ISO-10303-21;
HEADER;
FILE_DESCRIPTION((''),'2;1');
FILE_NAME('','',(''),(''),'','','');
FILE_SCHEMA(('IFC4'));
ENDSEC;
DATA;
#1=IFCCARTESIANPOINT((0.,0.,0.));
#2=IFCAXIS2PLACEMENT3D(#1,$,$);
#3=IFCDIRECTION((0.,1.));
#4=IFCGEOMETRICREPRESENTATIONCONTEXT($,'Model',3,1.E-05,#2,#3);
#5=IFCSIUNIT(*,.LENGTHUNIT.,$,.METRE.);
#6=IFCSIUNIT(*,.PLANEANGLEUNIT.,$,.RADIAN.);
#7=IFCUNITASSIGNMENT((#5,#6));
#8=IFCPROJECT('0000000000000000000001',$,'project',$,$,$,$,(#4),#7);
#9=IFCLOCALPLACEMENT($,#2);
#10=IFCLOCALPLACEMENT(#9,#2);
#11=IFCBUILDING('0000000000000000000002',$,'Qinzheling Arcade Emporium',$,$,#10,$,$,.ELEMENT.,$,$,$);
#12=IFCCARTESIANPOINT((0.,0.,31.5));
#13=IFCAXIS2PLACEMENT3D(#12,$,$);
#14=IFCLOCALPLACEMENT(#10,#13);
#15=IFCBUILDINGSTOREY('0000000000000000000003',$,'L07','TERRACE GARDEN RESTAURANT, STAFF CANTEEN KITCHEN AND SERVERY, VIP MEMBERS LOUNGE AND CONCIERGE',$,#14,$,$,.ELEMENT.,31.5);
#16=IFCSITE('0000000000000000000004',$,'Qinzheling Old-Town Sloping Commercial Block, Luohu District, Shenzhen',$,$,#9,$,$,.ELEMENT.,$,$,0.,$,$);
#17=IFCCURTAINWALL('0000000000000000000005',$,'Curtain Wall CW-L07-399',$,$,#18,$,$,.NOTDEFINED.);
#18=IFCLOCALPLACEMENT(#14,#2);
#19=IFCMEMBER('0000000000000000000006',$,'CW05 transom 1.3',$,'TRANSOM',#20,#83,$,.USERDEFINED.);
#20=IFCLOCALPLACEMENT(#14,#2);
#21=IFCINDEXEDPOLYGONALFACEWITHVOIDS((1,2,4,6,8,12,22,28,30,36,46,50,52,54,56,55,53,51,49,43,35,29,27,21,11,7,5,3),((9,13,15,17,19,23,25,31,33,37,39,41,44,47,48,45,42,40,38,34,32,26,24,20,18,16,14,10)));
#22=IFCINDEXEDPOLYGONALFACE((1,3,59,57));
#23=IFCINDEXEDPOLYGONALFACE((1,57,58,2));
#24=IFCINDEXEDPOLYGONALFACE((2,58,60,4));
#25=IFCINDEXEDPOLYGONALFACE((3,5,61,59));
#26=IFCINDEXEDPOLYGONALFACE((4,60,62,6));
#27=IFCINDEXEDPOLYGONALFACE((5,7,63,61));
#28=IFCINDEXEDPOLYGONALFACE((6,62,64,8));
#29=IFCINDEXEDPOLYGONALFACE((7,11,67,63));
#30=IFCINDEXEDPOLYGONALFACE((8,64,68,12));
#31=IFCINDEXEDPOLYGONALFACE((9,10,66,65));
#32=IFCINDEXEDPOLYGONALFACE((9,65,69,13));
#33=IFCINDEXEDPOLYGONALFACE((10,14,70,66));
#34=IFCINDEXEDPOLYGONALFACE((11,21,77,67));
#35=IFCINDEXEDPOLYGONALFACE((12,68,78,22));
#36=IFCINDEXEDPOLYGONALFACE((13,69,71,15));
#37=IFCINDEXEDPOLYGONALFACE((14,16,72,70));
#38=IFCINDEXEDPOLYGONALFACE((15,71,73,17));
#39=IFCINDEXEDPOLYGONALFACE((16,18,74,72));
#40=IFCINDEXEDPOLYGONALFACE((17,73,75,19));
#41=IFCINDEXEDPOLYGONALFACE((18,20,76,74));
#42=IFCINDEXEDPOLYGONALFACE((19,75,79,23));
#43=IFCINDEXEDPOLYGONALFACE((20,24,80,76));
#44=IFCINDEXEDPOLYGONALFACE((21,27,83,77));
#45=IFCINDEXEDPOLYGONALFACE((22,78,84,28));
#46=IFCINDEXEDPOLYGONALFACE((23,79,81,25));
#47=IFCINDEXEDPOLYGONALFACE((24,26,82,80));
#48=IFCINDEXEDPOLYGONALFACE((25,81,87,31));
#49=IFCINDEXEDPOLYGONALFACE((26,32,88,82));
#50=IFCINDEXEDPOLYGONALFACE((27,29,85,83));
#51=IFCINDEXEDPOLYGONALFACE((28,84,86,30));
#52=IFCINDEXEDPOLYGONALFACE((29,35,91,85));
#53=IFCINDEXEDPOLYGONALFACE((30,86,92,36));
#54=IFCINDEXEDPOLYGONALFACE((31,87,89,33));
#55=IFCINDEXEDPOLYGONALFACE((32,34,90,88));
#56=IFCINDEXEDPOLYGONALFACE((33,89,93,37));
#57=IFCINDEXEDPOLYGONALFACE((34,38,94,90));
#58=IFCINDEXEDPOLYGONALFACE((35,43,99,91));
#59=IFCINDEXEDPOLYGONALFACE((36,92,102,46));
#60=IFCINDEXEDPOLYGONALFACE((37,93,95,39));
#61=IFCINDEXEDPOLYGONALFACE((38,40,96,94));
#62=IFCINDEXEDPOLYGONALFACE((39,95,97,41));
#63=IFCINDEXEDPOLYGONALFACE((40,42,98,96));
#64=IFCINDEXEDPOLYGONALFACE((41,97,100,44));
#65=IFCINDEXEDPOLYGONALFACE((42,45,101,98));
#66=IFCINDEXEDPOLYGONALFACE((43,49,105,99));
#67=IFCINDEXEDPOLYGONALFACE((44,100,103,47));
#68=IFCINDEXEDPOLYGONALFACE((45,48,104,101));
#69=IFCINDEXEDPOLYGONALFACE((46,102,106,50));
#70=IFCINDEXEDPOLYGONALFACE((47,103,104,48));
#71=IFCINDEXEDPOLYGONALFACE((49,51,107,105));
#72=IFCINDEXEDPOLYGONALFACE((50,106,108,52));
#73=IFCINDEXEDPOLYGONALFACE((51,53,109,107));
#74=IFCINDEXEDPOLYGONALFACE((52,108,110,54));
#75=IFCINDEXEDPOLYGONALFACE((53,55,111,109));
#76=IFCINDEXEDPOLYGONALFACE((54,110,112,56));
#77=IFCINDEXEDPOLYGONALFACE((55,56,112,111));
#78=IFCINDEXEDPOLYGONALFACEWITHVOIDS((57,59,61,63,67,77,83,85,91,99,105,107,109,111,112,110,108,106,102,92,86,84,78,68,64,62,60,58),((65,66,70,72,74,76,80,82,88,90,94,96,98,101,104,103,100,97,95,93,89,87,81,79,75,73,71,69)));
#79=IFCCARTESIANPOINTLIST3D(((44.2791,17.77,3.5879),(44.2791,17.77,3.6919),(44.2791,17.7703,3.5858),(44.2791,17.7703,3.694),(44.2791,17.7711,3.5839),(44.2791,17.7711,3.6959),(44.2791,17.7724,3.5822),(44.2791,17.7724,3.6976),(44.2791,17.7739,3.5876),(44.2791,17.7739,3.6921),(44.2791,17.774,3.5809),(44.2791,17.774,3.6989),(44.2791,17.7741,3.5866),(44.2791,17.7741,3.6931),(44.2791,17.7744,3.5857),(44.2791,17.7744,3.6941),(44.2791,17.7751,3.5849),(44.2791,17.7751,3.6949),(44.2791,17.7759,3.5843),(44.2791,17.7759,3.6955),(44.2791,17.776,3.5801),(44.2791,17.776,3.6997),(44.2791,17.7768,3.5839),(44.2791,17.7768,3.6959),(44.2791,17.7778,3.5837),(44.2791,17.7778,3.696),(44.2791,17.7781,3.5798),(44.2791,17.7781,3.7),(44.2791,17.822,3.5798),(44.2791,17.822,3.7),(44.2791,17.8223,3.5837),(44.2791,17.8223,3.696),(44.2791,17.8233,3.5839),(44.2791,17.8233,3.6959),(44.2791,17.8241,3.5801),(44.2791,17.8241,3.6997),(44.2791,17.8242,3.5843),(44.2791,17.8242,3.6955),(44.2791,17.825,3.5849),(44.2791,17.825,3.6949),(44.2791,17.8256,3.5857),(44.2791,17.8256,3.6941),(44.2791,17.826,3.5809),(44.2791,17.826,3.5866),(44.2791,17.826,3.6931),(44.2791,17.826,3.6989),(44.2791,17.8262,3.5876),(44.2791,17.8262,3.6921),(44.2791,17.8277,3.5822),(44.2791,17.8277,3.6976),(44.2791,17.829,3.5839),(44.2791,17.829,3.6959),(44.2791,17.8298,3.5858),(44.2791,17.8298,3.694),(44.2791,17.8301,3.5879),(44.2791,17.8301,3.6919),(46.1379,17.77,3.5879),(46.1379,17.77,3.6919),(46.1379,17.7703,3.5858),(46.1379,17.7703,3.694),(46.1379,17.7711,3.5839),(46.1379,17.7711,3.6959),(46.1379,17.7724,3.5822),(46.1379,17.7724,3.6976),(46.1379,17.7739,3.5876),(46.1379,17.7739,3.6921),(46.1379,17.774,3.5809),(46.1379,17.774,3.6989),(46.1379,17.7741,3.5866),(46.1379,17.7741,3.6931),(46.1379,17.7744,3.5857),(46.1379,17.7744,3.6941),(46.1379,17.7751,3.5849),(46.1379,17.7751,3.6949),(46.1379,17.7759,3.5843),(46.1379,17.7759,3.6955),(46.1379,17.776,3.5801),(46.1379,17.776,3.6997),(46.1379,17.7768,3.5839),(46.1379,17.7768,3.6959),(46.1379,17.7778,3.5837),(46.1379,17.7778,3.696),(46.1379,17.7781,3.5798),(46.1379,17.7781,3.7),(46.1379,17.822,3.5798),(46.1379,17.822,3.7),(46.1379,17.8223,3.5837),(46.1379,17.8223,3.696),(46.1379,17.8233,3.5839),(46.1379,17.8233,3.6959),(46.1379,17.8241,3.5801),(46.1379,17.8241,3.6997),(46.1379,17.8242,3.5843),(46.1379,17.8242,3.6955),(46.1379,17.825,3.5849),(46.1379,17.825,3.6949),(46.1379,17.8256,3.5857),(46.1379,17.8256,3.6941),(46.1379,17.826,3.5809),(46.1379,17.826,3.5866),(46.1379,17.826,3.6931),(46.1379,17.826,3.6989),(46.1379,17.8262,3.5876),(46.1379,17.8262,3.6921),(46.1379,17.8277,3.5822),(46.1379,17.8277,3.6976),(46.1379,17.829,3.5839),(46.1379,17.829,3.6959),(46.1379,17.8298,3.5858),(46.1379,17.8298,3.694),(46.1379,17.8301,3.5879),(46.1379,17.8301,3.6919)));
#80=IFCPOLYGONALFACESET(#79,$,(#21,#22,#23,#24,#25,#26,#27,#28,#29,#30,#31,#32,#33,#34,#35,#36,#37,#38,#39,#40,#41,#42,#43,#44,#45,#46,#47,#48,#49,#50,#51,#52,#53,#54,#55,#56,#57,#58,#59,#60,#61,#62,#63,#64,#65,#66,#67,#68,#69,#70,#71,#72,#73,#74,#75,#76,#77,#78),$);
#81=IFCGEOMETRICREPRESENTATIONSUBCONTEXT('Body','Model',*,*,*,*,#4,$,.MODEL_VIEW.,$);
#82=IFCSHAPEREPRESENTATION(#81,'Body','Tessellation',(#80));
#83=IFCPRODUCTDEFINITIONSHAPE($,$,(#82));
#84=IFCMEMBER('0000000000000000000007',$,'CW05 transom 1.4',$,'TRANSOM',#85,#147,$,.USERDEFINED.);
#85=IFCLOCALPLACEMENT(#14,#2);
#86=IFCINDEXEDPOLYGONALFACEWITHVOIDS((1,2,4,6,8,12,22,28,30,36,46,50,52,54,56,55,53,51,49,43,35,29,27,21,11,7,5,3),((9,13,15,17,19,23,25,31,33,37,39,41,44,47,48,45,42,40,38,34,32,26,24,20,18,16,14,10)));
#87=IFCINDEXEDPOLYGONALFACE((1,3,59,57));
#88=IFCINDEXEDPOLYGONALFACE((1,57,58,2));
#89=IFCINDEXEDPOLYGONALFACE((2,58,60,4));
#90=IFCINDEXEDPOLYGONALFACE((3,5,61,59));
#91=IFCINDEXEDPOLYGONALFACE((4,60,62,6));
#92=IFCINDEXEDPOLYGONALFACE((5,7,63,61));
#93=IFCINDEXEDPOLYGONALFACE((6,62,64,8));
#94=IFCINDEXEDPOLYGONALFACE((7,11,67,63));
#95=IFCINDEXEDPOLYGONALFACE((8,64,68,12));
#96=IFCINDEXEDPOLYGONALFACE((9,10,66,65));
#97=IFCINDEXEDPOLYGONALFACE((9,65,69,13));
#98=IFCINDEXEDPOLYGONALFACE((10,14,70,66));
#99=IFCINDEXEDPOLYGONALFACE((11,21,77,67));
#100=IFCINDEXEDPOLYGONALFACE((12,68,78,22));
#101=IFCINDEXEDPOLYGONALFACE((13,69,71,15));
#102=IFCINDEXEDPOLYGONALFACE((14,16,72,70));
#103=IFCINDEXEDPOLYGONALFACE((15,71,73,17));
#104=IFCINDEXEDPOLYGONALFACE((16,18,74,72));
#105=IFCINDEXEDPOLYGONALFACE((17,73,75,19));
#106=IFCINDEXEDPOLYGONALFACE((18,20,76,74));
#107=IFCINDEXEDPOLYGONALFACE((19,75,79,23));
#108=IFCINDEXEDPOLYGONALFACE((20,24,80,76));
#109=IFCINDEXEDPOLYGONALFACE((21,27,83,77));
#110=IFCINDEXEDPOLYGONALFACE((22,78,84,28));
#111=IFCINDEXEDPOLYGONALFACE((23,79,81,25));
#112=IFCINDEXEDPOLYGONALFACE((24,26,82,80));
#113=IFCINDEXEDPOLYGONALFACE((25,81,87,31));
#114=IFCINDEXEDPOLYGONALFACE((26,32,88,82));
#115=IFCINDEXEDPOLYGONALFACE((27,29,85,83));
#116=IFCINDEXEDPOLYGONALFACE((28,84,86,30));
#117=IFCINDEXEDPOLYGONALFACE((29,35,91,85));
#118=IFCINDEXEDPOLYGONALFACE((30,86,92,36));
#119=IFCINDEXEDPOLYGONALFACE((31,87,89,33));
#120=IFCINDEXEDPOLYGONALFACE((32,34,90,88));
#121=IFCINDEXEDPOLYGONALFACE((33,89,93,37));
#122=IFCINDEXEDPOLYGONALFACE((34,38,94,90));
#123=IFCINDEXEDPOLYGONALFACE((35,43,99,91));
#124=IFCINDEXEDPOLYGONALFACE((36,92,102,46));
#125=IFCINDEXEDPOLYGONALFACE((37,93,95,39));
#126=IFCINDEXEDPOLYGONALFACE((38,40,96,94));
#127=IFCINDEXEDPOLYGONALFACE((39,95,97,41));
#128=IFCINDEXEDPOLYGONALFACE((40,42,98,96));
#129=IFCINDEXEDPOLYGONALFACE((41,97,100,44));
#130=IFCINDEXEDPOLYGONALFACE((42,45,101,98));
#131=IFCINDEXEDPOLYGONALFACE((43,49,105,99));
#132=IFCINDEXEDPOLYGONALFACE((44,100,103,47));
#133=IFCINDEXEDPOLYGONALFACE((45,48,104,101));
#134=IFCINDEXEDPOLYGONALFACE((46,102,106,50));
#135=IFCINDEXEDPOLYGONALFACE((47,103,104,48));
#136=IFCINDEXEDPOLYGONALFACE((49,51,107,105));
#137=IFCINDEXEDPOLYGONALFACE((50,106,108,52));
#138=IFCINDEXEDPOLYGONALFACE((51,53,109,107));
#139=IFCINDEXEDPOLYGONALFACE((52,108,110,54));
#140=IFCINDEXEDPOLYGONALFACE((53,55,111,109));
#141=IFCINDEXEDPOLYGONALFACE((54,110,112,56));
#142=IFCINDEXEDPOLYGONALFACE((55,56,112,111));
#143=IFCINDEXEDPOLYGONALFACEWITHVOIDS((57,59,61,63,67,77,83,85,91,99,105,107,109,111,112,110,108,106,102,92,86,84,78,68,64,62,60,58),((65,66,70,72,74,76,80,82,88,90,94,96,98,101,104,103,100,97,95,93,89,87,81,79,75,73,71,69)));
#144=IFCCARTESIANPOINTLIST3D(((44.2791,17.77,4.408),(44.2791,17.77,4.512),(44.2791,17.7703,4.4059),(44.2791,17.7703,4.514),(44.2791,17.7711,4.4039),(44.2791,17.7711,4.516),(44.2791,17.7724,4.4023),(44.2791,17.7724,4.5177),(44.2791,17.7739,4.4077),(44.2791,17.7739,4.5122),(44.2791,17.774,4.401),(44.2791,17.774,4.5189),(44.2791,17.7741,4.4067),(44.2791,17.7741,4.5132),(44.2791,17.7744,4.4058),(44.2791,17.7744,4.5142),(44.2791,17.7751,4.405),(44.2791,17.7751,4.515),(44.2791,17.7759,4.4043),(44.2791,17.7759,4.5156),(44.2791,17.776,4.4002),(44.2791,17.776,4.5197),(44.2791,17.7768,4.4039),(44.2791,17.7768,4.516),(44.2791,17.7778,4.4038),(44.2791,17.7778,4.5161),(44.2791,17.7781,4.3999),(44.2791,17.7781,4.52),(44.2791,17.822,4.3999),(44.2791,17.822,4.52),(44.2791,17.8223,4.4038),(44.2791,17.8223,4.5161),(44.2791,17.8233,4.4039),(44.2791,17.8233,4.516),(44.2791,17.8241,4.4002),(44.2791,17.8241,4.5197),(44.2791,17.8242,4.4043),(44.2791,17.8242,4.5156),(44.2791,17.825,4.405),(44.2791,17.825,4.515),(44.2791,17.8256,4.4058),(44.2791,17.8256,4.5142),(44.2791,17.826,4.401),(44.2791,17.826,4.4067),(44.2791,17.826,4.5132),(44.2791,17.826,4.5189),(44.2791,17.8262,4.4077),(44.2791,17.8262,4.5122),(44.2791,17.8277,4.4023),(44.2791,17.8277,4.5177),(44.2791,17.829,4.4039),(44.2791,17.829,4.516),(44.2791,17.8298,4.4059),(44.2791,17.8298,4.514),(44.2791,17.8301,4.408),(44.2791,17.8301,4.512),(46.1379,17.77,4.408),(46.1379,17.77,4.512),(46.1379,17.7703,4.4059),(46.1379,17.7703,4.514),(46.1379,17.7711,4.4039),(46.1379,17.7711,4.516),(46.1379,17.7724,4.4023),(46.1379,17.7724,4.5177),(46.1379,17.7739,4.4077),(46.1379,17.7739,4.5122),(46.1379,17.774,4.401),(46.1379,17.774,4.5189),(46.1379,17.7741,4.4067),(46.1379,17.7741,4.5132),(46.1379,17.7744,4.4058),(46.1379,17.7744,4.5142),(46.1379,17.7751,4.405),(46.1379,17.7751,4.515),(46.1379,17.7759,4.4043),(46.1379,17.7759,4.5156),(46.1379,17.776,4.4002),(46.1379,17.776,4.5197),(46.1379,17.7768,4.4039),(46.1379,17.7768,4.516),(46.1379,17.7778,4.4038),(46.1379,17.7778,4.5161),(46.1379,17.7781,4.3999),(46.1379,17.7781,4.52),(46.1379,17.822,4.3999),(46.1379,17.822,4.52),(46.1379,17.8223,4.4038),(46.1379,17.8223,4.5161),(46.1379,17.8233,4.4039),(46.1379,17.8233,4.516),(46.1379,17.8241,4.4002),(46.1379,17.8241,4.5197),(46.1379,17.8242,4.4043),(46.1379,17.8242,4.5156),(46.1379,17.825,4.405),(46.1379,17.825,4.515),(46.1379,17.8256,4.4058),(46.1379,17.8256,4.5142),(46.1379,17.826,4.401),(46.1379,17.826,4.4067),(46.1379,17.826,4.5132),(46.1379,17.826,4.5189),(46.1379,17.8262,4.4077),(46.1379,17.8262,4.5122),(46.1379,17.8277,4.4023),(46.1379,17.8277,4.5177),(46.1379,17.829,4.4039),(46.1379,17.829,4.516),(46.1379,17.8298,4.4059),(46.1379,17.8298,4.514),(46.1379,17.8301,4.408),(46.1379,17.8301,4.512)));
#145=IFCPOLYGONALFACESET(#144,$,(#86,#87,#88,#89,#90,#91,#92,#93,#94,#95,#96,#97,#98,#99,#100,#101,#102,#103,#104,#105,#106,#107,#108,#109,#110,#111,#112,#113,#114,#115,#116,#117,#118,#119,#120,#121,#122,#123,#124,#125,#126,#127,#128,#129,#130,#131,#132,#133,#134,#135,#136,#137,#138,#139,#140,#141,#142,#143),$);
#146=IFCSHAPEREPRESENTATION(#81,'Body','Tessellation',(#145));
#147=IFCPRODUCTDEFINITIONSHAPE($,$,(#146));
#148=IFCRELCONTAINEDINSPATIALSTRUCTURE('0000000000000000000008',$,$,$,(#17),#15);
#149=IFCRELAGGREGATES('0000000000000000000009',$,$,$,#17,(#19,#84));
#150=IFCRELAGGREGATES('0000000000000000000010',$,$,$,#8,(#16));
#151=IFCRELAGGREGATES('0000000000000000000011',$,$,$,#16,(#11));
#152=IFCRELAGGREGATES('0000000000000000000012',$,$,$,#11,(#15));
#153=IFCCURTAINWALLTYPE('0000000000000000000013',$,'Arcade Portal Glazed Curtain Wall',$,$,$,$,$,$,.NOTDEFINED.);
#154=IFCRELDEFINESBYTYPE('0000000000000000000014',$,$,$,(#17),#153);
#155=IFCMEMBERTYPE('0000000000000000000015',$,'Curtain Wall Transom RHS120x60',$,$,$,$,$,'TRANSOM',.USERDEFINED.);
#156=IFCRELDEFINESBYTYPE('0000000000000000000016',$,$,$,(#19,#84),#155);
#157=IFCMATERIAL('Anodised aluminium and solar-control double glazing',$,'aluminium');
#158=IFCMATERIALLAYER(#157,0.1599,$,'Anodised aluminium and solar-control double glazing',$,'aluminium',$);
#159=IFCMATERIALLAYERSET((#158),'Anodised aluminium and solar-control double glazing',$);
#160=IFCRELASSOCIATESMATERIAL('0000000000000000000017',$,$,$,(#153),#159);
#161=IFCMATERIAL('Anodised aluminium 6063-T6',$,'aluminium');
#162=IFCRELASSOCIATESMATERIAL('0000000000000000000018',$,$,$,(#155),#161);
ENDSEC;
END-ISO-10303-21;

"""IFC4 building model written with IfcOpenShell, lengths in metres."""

from ifc_helpers import new_model, si_unit, direction, frame, origin, origin_2d, place, context, subcontext, project, spatial, hollow_rectangle, extrude, material, layer, layer_set, material_profile, profile_set, type_object, element, aggregate, save


model = new_model("IFC4")

# Units and contexts
model_context = context("Model", 3, precision=1e-05, world=origin(), true_north=direction((0.0, 1.0)))
body_context = subcontext(model_context, "Body", "Model", "MODEL_VIEW")
ifc_project = project(units=[si_unit("LENGTHUNIT", "METRE"), si_unit("PLANEANGLEUNIT", "RADIAN")], contexts=[model_context])

# Site, building, storey
site_placement = place(None, origin())
site = spatial("IfcSite", under=ifc_project, at=site_placement, Name="Qinzheling Old-Town Sloping Commercial Block, Luohu District, Shenzhen", CompositionType="ELEMENT", RefElevation=0.0)
building_placement = place(site_placement, origin())
building = spatial("IfcBuilding", under=site, at=building_placement, Name="Qinzheling Arcade Emporium", CompositionType="ELEMENT")
storey_placement = place(building_placement, frame((0.0, 0.0, 31.5)))
storey = spatial("IfcBuildingStorey", under=building, at=storey_placement, Name="L07", Description="TERRACE GARDEN RESTAURANT, STAFF CANTEEN KITCHEN AND SERVERY, VIP MEMBERS LOUNGE AND CONCIERGE", CompositionType="ELEMENT", Elevation=31.5)

# Curtain wall
ifc_material_1 = material(Name="Anodised aluminium and solar-control double glazing", Category="aluminium")
ifc_layer_1 = layer(ifc_material_1, 0.1599, Name="Anodised aluminium and solar-control double glazing", Category="aluminium")
ifc_layer_set_1 = layer_set([ifc_layer_1], Name="Anodised aluminium and solar-control double glazing")
curtain_wall_type = type_object("IfcCurtainWallType", Name="Arcade Portal Glazed Curtain Wall", PredefinedType="NOTDEFINED", material=ifc_layer_set_1)
ifc_material_2 = material(Name="Anodised aluminium 6063-T6", Category="aluminium")
curtain_wall_1_placement = place(storey_placement, origin())
curtain_wall_1 = element("IfcCurtainWall", 1, at=curtain_wall_1_placement, inside=storey, type_object=curtain_wall_type, Name="Curtain Wall CW-L07-399", PredefinedType="NOTDEFINED")

# Members
ifc_material_profile_1 = material_profile(ifc_material_2, hollow_rectangle(XDim=0.0601, YDim=0.1201, WallThickness=0.0039, InnerFilletRadius=0.0039, OuterFilletRadius=0.0081, at=origin_2d()), Name="RHS 120x60x4", Category="aluminium")
ifc_profile_set_1 = profile_set([ifc_material_profile_1], Name="Anodised aluminium 6063-T6")
member_type_1 = type_object("IfcMemberType", Name="Curtain Wall Transom RHS120x60", ElementType="TRANSOM", PredefinedType="USERDEFINED", material=ifc_profile_set_1)
member_1_placement = place(storey_placement, frame((46.1379, 17.8, 3.6399), z_axis=(-1.0, 0.0, 0.0), x_axis=(0.0, -1.0, 0.0)))
member_1 = element("IfcMember", 2, at=member_1_placement, type_object=member_type_1, Name="CW05 transom 1.3", ObjectType="TRANSOM", PredefinedType="USERDEFINED", context=body_context, shape_type="SweptSolid", body=[
    extrude(hollow_rectangle(XDim=0.0601, YDim=0.1201, WallThickness=0.0039, InnerFilletRadius=0.0039, OuterFilletRadius=0.0081, at=origin_2d()), origin(), (0.0, 0.0, 1.0), 1.8589),
])
member_2_placement = place(storey_placement, frame((46.1379, 17.8, 4.46), z_axis=(-1.0, 0.0, 0.0), x_axis=(0.0, -1.0, 0.0)))
member_2 = element("IfcMember", 3, at=member_2_placement, type_object=member_type_1, Name="CW05 transom 1.4", ObjectType="TRANSOM", PredefinedType="USERDEFINED", context=body_context, shape_type="SweptSolid", body=[
    extrude(hollow_rectangle(XDim=0.0601, YDim=0.1201, WallThickness=0.0039, InnerFilletRadius=0.0039, OuterFilletRadius=0.0081, at=origin_2d()), origin(), (0.0, 0.0, 1.0), 1.8589),
])

aggregate(curtain_wall_1, [member_1, member_2])

save(model, "model.ifc")
